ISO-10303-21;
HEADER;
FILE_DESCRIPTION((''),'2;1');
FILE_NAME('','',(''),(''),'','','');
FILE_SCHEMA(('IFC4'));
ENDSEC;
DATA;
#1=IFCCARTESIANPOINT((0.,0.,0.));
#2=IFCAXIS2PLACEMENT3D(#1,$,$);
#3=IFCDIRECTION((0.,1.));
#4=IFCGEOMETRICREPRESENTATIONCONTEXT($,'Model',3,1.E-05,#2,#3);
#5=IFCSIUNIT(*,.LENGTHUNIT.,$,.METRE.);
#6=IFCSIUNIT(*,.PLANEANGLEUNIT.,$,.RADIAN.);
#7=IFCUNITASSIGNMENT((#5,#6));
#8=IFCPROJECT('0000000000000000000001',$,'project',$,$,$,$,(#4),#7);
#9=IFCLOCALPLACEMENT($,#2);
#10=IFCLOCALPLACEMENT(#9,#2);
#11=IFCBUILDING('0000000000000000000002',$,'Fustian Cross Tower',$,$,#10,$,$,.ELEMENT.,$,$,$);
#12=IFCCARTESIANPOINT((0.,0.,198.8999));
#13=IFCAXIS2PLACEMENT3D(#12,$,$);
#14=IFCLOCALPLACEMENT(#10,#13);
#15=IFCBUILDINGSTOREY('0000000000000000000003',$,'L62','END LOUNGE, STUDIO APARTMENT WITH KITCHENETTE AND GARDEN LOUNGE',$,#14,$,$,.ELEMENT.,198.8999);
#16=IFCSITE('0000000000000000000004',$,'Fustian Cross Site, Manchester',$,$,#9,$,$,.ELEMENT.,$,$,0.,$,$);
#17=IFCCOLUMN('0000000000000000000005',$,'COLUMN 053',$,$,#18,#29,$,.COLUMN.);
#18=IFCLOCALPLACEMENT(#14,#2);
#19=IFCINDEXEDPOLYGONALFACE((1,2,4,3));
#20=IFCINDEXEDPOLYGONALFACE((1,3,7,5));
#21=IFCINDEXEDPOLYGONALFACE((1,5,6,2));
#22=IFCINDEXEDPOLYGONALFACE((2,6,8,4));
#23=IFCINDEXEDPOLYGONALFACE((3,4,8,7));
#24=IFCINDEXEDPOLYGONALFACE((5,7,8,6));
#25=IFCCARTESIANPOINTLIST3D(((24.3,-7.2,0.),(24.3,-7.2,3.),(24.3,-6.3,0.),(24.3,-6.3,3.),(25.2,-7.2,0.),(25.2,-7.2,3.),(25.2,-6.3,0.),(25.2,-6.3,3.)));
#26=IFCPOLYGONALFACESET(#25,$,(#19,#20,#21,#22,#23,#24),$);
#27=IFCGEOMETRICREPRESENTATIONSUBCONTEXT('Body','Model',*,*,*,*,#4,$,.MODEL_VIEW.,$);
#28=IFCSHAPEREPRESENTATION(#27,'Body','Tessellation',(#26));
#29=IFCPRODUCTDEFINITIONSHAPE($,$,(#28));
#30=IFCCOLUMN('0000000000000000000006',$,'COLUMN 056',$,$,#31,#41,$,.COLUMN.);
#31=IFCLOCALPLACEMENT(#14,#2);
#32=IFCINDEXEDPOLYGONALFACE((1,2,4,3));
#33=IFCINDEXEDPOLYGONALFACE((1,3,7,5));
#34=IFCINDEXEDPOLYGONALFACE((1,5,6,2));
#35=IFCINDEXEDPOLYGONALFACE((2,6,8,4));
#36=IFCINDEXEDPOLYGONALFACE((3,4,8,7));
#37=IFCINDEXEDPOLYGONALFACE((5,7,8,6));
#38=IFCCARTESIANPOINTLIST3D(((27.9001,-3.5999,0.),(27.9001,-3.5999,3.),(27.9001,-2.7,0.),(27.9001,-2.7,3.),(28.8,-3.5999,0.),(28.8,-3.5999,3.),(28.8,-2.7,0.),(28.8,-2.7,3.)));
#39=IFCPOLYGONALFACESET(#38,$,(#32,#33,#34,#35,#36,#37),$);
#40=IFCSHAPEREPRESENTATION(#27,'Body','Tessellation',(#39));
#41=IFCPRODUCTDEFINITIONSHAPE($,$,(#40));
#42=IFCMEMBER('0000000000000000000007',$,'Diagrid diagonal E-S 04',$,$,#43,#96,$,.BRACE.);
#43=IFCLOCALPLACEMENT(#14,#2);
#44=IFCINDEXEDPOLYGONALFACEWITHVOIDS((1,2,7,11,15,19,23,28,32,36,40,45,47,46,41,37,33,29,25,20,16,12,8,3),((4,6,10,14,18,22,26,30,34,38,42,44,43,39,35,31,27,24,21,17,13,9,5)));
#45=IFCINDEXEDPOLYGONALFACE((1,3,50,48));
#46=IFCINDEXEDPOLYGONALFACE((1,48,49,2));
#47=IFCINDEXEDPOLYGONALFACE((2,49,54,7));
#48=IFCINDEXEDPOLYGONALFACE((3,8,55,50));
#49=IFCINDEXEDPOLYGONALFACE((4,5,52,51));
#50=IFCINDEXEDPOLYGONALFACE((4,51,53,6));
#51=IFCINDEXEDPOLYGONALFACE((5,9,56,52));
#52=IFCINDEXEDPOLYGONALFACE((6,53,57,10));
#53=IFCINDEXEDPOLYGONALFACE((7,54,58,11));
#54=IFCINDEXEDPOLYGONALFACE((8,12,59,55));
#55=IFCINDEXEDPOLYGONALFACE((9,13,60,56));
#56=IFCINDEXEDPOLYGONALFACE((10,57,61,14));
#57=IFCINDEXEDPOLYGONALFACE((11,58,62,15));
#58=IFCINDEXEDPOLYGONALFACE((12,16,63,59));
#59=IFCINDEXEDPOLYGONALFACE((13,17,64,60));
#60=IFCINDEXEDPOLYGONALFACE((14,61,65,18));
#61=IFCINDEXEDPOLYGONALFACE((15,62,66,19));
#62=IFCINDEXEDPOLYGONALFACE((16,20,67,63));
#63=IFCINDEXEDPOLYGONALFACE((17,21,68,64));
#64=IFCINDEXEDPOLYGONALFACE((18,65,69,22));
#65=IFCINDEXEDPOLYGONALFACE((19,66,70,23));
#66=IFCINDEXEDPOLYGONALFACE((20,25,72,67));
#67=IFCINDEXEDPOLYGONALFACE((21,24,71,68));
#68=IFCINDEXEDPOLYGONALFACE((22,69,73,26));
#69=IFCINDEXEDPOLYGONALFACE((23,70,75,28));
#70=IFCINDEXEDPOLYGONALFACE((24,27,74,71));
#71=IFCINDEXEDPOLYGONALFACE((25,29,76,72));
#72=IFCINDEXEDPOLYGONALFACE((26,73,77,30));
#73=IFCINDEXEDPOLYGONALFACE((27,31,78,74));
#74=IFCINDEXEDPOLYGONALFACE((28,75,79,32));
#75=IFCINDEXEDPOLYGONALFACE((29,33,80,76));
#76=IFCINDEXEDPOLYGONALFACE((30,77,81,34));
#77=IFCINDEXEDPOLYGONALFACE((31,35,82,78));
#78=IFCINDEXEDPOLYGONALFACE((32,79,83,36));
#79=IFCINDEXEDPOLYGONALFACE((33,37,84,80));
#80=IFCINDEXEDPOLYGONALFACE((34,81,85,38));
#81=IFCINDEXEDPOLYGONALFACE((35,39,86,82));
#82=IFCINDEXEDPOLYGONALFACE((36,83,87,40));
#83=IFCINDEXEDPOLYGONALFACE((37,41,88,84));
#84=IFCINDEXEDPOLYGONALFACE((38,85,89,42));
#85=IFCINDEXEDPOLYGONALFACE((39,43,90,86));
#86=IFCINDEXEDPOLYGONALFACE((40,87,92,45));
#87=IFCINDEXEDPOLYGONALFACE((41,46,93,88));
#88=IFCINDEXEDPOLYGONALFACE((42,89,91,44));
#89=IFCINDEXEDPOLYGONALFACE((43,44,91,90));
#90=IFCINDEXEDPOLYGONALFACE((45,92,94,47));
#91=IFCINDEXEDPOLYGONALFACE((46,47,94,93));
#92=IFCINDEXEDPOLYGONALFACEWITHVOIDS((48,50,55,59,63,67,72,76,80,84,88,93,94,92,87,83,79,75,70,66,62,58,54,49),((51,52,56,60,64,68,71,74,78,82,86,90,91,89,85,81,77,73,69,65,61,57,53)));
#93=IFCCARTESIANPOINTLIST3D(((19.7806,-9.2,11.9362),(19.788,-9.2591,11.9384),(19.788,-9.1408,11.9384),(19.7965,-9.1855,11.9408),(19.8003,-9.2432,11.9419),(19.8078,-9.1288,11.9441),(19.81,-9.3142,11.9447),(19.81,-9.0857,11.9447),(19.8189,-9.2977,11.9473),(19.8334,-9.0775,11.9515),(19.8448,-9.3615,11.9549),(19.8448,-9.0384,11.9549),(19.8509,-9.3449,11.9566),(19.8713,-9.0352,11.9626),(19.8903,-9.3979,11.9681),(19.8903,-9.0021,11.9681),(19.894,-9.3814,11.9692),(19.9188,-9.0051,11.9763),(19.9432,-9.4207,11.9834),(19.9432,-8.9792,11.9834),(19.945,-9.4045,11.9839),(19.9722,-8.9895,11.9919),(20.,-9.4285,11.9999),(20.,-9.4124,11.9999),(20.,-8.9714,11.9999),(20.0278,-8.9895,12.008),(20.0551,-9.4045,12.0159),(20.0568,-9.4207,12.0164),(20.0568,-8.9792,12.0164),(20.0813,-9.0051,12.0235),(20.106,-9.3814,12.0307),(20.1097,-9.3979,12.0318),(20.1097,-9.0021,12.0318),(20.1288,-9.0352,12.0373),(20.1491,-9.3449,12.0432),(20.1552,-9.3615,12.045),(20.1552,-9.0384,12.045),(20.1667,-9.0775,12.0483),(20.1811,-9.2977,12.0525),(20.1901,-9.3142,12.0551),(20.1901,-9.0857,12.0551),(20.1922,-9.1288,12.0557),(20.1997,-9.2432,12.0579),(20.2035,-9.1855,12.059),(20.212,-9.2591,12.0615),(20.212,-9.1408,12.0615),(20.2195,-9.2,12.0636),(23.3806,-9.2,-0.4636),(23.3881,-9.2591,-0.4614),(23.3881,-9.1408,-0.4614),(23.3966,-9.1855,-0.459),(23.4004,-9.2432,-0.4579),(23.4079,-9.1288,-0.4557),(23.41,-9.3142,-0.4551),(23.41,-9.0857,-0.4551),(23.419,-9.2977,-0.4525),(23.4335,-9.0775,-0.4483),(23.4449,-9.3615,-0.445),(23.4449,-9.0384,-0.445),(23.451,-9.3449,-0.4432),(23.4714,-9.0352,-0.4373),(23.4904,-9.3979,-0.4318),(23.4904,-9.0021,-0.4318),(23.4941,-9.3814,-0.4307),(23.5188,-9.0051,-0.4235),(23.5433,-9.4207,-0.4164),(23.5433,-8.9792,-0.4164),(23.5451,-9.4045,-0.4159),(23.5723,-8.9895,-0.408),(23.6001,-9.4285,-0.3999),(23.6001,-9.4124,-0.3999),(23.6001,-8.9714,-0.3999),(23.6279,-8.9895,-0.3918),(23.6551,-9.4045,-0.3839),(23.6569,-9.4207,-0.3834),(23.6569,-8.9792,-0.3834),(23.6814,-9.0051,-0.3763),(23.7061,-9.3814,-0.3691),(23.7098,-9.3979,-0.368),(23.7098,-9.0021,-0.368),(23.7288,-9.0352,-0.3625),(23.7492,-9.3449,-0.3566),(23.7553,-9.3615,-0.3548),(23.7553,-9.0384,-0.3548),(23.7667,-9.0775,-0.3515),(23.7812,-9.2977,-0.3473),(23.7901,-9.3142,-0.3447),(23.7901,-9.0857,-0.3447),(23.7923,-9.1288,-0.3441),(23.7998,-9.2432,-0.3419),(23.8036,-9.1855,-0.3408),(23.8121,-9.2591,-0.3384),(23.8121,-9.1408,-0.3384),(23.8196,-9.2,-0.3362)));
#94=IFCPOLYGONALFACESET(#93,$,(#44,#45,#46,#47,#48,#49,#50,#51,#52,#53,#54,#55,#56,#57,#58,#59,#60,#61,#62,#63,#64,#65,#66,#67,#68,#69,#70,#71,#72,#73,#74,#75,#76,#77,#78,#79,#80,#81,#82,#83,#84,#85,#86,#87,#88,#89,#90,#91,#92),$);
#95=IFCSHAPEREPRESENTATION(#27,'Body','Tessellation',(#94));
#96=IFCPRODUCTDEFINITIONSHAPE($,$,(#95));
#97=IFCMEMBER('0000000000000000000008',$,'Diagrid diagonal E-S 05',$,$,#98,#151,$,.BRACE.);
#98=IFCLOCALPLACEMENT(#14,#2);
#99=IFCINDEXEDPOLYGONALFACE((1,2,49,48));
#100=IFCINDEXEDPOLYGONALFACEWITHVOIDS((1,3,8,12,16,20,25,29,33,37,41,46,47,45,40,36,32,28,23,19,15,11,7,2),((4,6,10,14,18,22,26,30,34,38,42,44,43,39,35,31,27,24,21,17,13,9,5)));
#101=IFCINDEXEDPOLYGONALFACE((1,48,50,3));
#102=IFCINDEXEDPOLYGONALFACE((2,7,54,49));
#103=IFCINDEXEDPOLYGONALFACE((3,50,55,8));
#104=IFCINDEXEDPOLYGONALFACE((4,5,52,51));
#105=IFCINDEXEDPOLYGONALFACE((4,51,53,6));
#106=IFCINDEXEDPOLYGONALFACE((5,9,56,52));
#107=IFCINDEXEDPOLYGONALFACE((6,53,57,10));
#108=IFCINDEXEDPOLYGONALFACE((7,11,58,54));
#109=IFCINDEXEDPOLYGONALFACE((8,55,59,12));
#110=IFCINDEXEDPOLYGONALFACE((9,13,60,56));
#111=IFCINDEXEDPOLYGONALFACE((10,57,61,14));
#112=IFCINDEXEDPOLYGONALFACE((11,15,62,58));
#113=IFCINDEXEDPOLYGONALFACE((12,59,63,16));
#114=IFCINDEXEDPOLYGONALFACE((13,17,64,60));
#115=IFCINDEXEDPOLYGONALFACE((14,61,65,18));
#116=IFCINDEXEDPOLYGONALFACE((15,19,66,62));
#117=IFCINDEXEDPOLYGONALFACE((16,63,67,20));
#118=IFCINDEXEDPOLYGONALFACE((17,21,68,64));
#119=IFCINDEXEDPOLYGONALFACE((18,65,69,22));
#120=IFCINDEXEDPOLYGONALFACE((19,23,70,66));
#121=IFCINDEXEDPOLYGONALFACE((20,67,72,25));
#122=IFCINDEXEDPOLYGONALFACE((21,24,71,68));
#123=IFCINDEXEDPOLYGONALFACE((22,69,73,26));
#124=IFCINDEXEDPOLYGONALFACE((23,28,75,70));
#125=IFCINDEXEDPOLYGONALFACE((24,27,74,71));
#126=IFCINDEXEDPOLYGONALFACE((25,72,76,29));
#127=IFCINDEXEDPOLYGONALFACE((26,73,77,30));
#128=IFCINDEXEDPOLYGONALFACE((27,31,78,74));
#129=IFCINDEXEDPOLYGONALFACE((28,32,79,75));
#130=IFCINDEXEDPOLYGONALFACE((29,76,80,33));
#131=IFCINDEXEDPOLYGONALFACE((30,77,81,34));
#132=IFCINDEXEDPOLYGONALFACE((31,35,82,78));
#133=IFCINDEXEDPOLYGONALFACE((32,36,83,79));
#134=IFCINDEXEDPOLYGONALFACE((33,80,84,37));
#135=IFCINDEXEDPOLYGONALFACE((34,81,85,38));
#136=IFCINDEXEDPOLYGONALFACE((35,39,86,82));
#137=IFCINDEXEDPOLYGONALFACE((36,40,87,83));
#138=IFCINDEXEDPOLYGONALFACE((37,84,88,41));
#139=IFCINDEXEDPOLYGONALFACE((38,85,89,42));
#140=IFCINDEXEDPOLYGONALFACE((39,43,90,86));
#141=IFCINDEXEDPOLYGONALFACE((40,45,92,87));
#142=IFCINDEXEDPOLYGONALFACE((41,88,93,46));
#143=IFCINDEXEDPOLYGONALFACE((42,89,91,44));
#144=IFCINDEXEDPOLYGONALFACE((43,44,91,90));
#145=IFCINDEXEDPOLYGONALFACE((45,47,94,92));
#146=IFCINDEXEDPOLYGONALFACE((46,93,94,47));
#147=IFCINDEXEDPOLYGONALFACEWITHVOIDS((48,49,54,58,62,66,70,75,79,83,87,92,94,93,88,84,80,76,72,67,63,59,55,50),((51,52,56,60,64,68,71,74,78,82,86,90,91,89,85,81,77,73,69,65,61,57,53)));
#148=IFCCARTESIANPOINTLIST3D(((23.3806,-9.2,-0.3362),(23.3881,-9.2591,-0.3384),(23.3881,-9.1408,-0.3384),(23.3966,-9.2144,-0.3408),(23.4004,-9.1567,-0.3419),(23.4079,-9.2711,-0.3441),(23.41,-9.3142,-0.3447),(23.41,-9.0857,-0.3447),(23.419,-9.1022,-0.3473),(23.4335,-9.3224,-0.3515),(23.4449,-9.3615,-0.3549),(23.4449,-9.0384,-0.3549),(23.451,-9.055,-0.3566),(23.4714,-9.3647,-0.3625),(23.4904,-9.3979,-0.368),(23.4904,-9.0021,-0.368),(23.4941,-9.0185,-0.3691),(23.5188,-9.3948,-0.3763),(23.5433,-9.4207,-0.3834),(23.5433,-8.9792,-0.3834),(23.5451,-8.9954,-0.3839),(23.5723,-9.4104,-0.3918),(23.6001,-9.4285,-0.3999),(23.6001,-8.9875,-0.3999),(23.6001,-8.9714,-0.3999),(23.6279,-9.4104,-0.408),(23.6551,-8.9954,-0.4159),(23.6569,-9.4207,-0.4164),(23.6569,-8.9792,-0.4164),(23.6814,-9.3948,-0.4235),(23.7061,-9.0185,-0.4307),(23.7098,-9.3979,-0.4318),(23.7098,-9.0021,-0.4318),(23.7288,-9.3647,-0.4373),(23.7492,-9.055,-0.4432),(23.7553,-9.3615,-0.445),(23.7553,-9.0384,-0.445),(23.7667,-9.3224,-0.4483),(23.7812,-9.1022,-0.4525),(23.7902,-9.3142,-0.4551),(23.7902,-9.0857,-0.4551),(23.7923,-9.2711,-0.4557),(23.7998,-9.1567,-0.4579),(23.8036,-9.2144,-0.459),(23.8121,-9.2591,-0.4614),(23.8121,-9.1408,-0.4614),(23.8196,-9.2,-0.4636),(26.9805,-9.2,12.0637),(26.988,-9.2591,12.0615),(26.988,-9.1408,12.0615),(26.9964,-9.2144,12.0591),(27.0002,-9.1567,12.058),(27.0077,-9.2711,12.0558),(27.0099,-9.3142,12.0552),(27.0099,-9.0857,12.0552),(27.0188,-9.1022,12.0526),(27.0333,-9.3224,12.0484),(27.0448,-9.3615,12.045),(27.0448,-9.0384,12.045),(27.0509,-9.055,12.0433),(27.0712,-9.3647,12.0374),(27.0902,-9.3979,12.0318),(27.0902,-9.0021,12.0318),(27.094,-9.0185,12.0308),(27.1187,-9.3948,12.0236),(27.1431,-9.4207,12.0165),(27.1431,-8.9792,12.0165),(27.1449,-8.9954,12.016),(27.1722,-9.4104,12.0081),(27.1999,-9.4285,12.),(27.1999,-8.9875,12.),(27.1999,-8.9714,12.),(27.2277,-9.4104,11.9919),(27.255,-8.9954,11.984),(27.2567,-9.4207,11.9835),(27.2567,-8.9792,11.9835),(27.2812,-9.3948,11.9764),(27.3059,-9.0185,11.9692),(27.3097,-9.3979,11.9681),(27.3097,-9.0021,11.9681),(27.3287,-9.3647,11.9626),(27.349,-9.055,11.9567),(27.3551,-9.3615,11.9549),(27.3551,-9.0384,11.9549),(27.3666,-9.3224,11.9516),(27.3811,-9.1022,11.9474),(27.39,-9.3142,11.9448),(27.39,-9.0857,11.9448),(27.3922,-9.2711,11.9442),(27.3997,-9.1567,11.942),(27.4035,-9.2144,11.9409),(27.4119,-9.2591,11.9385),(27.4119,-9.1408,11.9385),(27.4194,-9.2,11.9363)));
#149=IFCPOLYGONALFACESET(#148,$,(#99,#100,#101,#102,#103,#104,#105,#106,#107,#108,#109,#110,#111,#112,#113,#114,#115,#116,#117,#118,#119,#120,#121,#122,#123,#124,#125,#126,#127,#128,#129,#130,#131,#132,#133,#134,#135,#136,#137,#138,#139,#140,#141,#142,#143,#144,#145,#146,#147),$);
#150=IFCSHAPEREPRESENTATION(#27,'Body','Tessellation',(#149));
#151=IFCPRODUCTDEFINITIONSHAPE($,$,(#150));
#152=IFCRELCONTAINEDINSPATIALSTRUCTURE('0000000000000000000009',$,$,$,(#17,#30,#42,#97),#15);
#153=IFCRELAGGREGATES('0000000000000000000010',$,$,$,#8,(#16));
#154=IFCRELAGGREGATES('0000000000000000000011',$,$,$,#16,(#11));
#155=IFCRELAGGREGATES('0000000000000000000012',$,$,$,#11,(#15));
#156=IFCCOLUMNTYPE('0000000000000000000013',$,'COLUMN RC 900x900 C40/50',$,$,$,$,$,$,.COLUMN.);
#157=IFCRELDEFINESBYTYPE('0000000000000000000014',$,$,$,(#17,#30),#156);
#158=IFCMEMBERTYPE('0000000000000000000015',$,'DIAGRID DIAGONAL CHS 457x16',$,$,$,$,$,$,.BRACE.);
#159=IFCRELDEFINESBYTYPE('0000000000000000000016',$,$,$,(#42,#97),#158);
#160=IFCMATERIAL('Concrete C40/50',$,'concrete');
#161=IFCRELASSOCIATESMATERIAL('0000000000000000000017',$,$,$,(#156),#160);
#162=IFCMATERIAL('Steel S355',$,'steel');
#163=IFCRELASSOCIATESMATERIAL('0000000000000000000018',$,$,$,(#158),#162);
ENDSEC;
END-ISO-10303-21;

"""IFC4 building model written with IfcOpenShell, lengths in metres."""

from ifc_helpers import new_model, si_unit, direction, frame, origin, origin_2d, place, context, subcontext, project, spatial, rectangle, hollow_circle, extrude, material, material_profile, profile_set, type_object, element, save


model = new_model("IFC4")

# Units and contexts
model_context = context("Model", 3, precision=1e-05, world=origin(), true_north=direction((0.0, 1.0)))
body_context = subcontext(model_context, "Body", "Model", "MODEL_VIEW")
ifc_project = project(units=[si_unit("LENGTHUNIT", "METRE"), si_unit("PLANEANGLEUNIT", "RADIAN")], contexts=[model_context])

# Site, building, storey
site_placement = place(None, origin())
site = spatial("IfcSite", under=ifc_project, at=site_placement, Name="Fustian Cross Site, Manchester", CompositionType="ELEMENT", RefElevation=0.0)
building_placement = place(site_placement, origin())
building = spatial("IfcBuilding", under=site, at=building_placement, Name="Fustian Cross Tower", CompositionType="ELEMENT")
storey_placement = place(building_placement, frame((0.0, 0.0, 198.8999)))
storey = spatial("IfcBuildingStorey", under=building, at=storey_placement, Name="L62", Description="END LOUNGE, STUDIO APARTMENT WITH KITCHENETTE AND GARDEN LOUNGE", CompositionType="ELEMENT", Elevation=198.8999)

# Columns
ifc_material_1 = material(Name="Concrete C40/50", Category="concrete")
ifc_material_profile_1 = material_profile(ifc_material_1, rectangle(XDim=0.8999, YDim=0.8999, at=origin_2d()), Name="RC 900x900")
ifc_profile_set_1 = profile_set([ifc_material_profile_1], Name="Concrete C40/50")
column_type = type_object("IfcColumnType", Name="COLUMN RC 900x900 C40/50", PredefinedType="COLUMN", material=ifc_profile_set_1)
for number, where, z_axis, x_axis, name in (
    (1, (24.75, -6.75, 0.0), (0.0, 0.0, 1.0), (1.0, 0.0, 0.0), "COLUMN 053"),
    (2, (28.3501, -3.1499, 0.0), (0.0, 0.0, 1.0), (1.0, 0.0, 0.0), "COLUMN 056"),
):
    element("IfcColumn", number, at=place(storey_placement, frame(where, z_axis=z_axis, x_axis=x_axis)), inside=storey, type_object=column_type, Name=name, PredefinedType="COLUMN", context=body_context, shape_type="SweptSolid", body=[
        extrude(rectangle(XDim=0.8999, YDim=0.8999, at=origin_2d()), origin(), (0.0, 0.0, 1.0), 3.0),
    ])

# Members
ifc_material_2 = material(Name="Steel S355", Category="steel")
ifc_material_profile_2 = material_profile(ifc_material_2, hollow_circle(Radius=0.2285, WallThickness=0.0161, at=origin_2d()), Name="CHS 457x16")
ifc_profile_set_2 = profile_set([ifc_material_profile_2], Name="Steel S355")
member_type_1 = type_object("IfcMemberType", Name="DIAGRID DIAGONAL CHS 457x16", PredefinedType="BRACE", material=ifc_profile_set_2)
for number, where, z_axis, x_axis, name in (
    (3, (23.6001, -9.2, -0.3999), (-0.278819, 0.0, 0.960344), (0.0, -1.0, 0.0), "Diagrid diagonal E-S 04"),
    (4, (23.6001, -9.2, -0.3999), (0.278802, 0.0, 0.960349), (0.0, 1.0, 0.0), "Diagrid diagonal E-S 05"),
):
    element("IfcMember", number, at=place(storey_placement, frame(where, z_axis=z_axis, x_axis=x_axis)), inside=storey, type_object=member_type_1, Name=name, PredefinedType="BRACE", context=body_context, shape_type="SweptSolid", body=[
        extrude(hollow_circle(Radius=0.2285, WallThickness=0.0161, at=origin_2d()), origin(), (0.0, 0.0, 1.0), 12.9119),
    ])

save(model, "model.ifc")
